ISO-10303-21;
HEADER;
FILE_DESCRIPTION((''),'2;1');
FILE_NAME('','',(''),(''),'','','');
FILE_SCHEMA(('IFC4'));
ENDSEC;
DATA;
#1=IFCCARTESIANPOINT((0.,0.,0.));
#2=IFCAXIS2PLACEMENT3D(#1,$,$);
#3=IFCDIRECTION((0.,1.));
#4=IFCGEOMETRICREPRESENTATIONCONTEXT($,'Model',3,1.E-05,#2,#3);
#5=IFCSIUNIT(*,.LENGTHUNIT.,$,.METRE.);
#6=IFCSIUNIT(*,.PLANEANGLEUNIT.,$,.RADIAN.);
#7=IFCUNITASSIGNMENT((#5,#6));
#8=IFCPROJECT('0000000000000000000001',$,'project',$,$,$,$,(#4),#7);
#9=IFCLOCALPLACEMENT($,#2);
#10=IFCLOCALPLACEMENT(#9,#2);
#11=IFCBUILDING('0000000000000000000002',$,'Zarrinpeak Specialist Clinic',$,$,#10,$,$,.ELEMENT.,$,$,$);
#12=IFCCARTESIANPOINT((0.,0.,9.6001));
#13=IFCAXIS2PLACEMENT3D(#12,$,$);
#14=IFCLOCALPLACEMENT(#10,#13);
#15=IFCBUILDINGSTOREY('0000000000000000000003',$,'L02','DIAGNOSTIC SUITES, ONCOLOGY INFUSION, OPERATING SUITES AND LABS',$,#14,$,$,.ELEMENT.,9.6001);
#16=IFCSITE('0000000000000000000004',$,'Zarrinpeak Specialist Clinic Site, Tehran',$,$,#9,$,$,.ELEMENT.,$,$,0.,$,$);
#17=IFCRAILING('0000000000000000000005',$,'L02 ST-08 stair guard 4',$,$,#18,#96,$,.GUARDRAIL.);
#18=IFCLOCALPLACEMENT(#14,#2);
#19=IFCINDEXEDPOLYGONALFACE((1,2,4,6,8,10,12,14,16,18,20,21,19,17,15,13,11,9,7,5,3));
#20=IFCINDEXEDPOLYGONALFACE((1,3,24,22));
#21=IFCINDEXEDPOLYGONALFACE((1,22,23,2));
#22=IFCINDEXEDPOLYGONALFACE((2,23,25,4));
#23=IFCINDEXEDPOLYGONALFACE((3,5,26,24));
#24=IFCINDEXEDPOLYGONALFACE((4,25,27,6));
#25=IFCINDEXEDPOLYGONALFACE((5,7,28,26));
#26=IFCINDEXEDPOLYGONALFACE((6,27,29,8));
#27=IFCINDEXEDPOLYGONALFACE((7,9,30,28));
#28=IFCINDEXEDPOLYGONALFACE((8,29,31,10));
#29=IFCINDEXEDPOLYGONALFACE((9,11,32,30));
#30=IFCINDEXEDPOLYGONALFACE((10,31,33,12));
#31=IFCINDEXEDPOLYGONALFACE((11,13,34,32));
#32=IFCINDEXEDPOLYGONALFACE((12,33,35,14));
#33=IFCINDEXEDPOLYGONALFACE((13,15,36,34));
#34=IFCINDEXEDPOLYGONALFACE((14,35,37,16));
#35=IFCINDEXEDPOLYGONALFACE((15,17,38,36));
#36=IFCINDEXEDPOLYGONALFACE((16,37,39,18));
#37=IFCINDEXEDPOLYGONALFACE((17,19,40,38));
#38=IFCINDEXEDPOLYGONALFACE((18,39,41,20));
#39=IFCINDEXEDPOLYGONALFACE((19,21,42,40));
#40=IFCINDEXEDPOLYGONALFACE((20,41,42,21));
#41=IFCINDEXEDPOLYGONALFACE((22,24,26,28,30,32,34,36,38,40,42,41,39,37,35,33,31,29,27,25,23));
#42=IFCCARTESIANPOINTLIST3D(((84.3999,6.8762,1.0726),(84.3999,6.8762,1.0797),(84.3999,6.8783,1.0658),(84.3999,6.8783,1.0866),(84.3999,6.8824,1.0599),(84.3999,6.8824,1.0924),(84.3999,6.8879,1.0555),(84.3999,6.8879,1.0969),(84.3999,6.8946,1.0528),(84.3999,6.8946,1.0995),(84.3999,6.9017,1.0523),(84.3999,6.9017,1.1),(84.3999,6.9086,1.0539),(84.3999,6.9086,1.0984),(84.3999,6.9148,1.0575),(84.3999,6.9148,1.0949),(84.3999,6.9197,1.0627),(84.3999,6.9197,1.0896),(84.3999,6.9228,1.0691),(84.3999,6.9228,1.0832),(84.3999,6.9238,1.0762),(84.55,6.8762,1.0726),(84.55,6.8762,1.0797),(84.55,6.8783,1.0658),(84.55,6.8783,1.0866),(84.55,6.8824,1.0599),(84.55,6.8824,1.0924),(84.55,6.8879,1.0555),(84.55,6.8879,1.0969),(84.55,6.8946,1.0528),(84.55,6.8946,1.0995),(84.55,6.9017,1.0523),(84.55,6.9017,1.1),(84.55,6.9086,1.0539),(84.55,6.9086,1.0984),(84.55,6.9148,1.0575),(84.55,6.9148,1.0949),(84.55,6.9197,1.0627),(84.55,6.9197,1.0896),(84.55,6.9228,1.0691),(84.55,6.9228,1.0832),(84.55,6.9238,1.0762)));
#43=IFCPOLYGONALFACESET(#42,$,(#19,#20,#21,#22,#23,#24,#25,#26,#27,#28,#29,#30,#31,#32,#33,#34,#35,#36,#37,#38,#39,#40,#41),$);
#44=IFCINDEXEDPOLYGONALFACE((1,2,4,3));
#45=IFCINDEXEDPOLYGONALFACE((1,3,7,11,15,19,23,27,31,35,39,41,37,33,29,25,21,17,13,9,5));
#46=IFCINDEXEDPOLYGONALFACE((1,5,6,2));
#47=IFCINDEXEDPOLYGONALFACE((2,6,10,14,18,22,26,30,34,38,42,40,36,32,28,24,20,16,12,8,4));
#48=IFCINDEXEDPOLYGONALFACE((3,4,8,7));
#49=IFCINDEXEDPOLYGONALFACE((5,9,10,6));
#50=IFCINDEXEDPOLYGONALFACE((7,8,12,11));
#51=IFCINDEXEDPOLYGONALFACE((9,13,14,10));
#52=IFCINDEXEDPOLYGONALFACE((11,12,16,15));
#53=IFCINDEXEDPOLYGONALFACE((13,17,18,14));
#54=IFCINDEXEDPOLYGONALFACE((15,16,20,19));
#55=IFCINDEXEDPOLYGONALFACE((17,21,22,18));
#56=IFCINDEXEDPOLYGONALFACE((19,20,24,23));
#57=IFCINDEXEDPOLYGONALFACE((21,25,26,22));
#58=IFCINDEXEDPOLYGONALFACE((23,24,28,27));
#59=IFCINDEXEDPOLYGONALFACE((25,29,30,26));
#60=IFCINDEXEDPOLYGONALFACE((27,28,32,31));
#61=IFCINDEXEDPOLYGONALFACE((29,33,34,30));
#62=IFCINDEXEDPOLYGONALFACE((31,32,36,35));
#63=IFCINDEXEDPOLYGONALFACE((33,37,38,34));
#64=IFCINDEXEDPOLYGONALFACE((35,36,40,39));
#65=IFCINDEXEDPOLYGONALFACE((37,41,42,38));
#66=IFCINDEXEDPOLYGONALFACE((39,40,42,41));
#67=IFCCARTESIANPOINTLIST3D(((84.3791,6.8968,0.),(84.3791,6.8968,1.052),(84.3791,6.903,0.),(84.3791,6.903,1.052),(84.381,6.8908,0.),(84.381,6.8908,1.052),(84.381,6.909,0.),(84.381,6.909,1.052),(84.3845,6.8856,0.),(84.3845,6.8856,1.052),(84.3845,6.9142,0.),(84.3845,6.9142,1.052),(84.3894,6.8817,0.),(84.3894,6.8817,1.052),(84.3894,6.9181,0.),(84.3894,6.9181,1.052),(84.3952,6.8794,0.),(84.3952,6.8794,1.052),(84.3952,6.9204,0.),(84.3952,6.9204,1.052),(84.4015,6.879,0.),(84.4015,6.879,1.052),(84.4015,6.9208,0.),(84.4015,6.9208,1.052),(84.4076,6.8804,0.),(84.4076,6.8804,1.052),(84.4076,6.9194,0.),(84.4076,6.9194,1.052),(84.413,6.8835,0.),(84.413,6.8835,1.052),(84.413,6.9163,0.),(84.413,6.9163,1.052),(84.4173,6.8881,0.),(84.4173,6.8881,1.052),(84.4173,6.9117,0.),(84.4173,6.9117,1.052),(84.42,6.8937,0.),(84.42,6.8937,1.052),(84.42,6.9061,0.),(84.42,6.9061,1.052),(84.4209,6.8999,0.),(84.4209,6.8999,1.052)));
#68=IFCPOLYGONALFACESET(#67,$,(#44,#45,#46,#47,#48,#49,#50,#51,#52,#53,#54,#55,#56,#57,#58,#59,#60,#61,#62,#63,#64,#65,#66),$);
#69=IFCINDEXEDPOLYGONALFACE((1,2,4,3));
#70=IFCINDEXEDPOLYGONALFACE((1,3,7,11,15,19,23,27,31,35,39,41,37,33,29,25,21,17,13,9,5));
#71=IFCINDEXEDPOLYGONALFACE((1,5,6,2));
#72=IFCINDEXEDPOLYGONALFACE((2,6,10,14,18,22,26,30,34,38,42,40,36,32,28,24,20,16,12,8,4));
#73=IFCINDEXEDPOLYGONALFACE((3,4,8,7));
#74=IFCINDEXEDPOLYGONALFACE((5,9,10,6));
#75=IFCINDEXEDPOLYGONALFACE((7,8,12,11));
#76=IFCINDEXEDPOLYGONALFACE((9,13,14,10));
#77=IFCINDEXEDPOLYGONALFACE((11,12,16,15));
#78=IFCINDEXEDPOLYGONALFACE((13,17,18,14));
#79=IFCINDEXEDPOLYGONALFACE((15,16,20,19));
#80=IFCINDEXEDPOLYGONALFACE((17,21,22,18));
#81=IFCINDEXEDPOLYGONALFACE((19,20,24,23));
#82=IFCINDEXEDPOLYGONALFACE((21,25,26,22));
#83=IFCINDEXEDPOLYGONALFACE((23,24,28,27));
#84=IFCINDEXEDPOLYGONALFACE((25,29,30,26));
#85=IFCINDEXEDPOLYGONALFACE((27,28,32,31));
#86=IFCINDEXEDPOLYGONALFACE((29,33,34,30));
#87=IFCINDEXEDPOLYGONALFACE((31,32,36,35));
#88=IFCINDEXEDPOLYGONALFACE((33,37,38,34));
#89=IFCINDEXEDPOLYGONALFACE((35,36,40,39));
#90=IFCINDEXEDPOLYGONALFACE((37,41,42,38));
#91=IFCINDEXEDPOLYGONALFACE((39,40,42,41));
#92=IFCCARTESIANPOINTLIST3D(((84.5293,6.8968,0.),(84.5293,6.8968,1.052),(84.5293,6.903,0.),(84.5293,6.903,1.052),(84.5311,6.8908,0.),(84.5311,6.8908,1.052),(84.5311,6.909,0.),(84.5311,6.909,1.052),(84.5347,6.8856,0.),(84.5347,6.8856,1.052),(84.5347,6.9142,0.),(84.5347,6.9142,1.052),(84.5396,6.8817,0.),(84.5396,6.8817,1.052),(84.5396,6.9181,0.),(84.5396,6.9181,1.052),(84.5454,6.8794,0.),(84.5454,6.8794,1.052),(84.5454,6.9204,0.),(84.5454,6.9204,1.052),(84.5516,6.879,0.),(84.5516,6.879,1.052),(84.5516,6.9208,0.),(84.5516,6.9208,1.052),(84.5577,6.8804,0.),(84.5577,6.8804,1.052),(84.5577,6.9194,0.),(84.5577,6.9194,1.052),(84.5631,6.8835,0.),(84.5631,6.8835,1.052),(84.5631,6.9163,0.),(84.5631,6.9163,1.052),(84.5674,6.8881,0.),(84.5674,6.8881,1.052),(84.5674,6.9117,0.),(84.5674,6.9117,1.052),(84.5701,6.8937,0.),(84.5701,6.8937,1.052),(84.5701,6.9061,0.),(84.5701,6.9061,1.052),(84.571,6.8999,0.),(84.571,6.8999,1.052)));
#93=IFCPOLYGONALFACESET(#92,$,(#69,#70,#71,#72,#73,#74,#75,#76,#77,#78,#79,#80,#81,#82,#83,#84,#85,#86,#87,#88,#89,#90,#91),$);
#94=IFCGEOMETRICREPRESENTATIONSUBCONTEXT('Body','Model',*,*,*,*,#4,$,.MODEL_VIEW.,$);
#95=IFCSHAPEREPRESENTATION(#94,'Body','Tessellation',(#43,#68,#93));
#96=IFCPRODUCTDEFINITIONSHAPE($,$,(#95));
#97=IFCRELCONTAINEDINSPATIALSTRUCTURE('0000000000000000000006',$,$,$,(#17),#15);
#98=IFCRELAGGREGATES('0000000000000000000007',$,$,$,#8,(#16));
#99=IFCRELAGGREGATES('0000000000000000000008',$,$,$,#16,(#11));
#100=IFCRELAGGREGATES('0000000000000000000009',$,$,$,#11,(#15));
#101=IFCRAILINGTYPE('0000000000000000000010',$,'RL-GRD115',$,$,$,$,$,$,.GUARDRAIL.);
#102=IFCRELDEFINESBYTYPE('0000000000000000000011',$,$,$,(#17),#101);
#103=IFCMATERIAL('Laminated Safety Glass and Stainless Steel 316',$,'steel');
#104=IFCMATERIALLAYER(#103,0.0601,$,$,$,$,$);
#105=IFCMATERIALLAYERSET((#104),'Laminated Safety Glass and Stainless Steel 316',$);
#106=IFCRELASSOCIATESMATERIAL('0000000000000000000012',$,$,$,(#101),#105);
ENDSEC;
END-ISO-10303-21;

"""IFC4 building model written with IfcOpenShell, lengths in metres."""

from ifc_helpers import new_model, si_unit, direction, frame, origin, origin_2d, place, context, subcontext, project, spatial, circle, extrude, material, layer, layer_set, type_object, element, save


model = new_model("IFC4")

# Units and contexts
model_context = context("Model", 3, precision=1e-05, world=origin(), true_north=direction((0.0, 1.0)))
body_context = subcontext(model_context, "Body", "Model", "MODEL_VIEW")
ifc_project = project(units=[si_unit("LENGTHUNIT", "METRE"), si_unit("PLANEANGLEUNIT", "RADIAN")], contexts=[model_context])

# Site, building, storey
site_placement = place(None, origin())
site = spatial("IfcSite", under=ifc_project, at=site_placement, Name="Zarrinpeak Specialist Clinic Site, Tehran", CompositionType="ELEMENT", RefElevation=0.0)
building_placement = place(site_placement, origin())
building = spatial("IfcBuilding", under=site, at=building_placement, Name="Zarrinpeak Specialist Clinic", CompositionType="ELEMENT")
storey_placement = place(building_placement, frame((0.0, 0.0, 9.6001)))
storey = spatial("IfcBuildingStorey", under=building, at=storey_placement, Name="L02", Description="DIAGNOSTIC SUITES, ONCOLOGY INFUSION, OPERATING SUITES AND LABS", CompositionType="ELEMENT", Elevation=9.6001)

# Railing
ifc_material_1 = material(Name="Laminated Safety Glass and Stainless Steel 316", Category="steel")
ifc_layer_1 = layer(ifc_material_1, 0.0601)
ifc_layer_set_1 = layer_set([ifc_layer_1], Name="Laminated Safety Glass and Stainless Steel 316")
railing_type = type_object("IfcRailingType", Name="RL-GRD115", PredefinedType="GUARDRAIL", material=ifc_layer_set_1)
railing_1_placement = place(storey_placement, frame((84.3999, 6.8999, 0.0)))
element("IfcRailing", 1, at=railing_1_placement, inside=storey, type_object=railing_type, Name="L02 ST-08 stair guard 4", PredefinedType="GUARDRAIL", context=body_context, shape_type="SweptSolid", body=[
    extrude(circle(Radius=0.0239, at=origin_2d()), frame((0.0, 0.0, 1.0762), z_axis=(1.0, 0.0, 0.0), x_axis=(0.0, 1.0, 0.0)), (0.0, 0.0, 1.0), 0.1501),
    extrude(circle(Radius=0.021, at=origin_2d()), origin(), (0.0, 0.0, 1.0), 1.052),
    extrude(circle(Radius=0.021, at=origin_2d()), frame((0.1501, 0.0, 0.0)), (0.0, 0.0, 1.0), 1.052),
])

save(model, "model.ifc")
